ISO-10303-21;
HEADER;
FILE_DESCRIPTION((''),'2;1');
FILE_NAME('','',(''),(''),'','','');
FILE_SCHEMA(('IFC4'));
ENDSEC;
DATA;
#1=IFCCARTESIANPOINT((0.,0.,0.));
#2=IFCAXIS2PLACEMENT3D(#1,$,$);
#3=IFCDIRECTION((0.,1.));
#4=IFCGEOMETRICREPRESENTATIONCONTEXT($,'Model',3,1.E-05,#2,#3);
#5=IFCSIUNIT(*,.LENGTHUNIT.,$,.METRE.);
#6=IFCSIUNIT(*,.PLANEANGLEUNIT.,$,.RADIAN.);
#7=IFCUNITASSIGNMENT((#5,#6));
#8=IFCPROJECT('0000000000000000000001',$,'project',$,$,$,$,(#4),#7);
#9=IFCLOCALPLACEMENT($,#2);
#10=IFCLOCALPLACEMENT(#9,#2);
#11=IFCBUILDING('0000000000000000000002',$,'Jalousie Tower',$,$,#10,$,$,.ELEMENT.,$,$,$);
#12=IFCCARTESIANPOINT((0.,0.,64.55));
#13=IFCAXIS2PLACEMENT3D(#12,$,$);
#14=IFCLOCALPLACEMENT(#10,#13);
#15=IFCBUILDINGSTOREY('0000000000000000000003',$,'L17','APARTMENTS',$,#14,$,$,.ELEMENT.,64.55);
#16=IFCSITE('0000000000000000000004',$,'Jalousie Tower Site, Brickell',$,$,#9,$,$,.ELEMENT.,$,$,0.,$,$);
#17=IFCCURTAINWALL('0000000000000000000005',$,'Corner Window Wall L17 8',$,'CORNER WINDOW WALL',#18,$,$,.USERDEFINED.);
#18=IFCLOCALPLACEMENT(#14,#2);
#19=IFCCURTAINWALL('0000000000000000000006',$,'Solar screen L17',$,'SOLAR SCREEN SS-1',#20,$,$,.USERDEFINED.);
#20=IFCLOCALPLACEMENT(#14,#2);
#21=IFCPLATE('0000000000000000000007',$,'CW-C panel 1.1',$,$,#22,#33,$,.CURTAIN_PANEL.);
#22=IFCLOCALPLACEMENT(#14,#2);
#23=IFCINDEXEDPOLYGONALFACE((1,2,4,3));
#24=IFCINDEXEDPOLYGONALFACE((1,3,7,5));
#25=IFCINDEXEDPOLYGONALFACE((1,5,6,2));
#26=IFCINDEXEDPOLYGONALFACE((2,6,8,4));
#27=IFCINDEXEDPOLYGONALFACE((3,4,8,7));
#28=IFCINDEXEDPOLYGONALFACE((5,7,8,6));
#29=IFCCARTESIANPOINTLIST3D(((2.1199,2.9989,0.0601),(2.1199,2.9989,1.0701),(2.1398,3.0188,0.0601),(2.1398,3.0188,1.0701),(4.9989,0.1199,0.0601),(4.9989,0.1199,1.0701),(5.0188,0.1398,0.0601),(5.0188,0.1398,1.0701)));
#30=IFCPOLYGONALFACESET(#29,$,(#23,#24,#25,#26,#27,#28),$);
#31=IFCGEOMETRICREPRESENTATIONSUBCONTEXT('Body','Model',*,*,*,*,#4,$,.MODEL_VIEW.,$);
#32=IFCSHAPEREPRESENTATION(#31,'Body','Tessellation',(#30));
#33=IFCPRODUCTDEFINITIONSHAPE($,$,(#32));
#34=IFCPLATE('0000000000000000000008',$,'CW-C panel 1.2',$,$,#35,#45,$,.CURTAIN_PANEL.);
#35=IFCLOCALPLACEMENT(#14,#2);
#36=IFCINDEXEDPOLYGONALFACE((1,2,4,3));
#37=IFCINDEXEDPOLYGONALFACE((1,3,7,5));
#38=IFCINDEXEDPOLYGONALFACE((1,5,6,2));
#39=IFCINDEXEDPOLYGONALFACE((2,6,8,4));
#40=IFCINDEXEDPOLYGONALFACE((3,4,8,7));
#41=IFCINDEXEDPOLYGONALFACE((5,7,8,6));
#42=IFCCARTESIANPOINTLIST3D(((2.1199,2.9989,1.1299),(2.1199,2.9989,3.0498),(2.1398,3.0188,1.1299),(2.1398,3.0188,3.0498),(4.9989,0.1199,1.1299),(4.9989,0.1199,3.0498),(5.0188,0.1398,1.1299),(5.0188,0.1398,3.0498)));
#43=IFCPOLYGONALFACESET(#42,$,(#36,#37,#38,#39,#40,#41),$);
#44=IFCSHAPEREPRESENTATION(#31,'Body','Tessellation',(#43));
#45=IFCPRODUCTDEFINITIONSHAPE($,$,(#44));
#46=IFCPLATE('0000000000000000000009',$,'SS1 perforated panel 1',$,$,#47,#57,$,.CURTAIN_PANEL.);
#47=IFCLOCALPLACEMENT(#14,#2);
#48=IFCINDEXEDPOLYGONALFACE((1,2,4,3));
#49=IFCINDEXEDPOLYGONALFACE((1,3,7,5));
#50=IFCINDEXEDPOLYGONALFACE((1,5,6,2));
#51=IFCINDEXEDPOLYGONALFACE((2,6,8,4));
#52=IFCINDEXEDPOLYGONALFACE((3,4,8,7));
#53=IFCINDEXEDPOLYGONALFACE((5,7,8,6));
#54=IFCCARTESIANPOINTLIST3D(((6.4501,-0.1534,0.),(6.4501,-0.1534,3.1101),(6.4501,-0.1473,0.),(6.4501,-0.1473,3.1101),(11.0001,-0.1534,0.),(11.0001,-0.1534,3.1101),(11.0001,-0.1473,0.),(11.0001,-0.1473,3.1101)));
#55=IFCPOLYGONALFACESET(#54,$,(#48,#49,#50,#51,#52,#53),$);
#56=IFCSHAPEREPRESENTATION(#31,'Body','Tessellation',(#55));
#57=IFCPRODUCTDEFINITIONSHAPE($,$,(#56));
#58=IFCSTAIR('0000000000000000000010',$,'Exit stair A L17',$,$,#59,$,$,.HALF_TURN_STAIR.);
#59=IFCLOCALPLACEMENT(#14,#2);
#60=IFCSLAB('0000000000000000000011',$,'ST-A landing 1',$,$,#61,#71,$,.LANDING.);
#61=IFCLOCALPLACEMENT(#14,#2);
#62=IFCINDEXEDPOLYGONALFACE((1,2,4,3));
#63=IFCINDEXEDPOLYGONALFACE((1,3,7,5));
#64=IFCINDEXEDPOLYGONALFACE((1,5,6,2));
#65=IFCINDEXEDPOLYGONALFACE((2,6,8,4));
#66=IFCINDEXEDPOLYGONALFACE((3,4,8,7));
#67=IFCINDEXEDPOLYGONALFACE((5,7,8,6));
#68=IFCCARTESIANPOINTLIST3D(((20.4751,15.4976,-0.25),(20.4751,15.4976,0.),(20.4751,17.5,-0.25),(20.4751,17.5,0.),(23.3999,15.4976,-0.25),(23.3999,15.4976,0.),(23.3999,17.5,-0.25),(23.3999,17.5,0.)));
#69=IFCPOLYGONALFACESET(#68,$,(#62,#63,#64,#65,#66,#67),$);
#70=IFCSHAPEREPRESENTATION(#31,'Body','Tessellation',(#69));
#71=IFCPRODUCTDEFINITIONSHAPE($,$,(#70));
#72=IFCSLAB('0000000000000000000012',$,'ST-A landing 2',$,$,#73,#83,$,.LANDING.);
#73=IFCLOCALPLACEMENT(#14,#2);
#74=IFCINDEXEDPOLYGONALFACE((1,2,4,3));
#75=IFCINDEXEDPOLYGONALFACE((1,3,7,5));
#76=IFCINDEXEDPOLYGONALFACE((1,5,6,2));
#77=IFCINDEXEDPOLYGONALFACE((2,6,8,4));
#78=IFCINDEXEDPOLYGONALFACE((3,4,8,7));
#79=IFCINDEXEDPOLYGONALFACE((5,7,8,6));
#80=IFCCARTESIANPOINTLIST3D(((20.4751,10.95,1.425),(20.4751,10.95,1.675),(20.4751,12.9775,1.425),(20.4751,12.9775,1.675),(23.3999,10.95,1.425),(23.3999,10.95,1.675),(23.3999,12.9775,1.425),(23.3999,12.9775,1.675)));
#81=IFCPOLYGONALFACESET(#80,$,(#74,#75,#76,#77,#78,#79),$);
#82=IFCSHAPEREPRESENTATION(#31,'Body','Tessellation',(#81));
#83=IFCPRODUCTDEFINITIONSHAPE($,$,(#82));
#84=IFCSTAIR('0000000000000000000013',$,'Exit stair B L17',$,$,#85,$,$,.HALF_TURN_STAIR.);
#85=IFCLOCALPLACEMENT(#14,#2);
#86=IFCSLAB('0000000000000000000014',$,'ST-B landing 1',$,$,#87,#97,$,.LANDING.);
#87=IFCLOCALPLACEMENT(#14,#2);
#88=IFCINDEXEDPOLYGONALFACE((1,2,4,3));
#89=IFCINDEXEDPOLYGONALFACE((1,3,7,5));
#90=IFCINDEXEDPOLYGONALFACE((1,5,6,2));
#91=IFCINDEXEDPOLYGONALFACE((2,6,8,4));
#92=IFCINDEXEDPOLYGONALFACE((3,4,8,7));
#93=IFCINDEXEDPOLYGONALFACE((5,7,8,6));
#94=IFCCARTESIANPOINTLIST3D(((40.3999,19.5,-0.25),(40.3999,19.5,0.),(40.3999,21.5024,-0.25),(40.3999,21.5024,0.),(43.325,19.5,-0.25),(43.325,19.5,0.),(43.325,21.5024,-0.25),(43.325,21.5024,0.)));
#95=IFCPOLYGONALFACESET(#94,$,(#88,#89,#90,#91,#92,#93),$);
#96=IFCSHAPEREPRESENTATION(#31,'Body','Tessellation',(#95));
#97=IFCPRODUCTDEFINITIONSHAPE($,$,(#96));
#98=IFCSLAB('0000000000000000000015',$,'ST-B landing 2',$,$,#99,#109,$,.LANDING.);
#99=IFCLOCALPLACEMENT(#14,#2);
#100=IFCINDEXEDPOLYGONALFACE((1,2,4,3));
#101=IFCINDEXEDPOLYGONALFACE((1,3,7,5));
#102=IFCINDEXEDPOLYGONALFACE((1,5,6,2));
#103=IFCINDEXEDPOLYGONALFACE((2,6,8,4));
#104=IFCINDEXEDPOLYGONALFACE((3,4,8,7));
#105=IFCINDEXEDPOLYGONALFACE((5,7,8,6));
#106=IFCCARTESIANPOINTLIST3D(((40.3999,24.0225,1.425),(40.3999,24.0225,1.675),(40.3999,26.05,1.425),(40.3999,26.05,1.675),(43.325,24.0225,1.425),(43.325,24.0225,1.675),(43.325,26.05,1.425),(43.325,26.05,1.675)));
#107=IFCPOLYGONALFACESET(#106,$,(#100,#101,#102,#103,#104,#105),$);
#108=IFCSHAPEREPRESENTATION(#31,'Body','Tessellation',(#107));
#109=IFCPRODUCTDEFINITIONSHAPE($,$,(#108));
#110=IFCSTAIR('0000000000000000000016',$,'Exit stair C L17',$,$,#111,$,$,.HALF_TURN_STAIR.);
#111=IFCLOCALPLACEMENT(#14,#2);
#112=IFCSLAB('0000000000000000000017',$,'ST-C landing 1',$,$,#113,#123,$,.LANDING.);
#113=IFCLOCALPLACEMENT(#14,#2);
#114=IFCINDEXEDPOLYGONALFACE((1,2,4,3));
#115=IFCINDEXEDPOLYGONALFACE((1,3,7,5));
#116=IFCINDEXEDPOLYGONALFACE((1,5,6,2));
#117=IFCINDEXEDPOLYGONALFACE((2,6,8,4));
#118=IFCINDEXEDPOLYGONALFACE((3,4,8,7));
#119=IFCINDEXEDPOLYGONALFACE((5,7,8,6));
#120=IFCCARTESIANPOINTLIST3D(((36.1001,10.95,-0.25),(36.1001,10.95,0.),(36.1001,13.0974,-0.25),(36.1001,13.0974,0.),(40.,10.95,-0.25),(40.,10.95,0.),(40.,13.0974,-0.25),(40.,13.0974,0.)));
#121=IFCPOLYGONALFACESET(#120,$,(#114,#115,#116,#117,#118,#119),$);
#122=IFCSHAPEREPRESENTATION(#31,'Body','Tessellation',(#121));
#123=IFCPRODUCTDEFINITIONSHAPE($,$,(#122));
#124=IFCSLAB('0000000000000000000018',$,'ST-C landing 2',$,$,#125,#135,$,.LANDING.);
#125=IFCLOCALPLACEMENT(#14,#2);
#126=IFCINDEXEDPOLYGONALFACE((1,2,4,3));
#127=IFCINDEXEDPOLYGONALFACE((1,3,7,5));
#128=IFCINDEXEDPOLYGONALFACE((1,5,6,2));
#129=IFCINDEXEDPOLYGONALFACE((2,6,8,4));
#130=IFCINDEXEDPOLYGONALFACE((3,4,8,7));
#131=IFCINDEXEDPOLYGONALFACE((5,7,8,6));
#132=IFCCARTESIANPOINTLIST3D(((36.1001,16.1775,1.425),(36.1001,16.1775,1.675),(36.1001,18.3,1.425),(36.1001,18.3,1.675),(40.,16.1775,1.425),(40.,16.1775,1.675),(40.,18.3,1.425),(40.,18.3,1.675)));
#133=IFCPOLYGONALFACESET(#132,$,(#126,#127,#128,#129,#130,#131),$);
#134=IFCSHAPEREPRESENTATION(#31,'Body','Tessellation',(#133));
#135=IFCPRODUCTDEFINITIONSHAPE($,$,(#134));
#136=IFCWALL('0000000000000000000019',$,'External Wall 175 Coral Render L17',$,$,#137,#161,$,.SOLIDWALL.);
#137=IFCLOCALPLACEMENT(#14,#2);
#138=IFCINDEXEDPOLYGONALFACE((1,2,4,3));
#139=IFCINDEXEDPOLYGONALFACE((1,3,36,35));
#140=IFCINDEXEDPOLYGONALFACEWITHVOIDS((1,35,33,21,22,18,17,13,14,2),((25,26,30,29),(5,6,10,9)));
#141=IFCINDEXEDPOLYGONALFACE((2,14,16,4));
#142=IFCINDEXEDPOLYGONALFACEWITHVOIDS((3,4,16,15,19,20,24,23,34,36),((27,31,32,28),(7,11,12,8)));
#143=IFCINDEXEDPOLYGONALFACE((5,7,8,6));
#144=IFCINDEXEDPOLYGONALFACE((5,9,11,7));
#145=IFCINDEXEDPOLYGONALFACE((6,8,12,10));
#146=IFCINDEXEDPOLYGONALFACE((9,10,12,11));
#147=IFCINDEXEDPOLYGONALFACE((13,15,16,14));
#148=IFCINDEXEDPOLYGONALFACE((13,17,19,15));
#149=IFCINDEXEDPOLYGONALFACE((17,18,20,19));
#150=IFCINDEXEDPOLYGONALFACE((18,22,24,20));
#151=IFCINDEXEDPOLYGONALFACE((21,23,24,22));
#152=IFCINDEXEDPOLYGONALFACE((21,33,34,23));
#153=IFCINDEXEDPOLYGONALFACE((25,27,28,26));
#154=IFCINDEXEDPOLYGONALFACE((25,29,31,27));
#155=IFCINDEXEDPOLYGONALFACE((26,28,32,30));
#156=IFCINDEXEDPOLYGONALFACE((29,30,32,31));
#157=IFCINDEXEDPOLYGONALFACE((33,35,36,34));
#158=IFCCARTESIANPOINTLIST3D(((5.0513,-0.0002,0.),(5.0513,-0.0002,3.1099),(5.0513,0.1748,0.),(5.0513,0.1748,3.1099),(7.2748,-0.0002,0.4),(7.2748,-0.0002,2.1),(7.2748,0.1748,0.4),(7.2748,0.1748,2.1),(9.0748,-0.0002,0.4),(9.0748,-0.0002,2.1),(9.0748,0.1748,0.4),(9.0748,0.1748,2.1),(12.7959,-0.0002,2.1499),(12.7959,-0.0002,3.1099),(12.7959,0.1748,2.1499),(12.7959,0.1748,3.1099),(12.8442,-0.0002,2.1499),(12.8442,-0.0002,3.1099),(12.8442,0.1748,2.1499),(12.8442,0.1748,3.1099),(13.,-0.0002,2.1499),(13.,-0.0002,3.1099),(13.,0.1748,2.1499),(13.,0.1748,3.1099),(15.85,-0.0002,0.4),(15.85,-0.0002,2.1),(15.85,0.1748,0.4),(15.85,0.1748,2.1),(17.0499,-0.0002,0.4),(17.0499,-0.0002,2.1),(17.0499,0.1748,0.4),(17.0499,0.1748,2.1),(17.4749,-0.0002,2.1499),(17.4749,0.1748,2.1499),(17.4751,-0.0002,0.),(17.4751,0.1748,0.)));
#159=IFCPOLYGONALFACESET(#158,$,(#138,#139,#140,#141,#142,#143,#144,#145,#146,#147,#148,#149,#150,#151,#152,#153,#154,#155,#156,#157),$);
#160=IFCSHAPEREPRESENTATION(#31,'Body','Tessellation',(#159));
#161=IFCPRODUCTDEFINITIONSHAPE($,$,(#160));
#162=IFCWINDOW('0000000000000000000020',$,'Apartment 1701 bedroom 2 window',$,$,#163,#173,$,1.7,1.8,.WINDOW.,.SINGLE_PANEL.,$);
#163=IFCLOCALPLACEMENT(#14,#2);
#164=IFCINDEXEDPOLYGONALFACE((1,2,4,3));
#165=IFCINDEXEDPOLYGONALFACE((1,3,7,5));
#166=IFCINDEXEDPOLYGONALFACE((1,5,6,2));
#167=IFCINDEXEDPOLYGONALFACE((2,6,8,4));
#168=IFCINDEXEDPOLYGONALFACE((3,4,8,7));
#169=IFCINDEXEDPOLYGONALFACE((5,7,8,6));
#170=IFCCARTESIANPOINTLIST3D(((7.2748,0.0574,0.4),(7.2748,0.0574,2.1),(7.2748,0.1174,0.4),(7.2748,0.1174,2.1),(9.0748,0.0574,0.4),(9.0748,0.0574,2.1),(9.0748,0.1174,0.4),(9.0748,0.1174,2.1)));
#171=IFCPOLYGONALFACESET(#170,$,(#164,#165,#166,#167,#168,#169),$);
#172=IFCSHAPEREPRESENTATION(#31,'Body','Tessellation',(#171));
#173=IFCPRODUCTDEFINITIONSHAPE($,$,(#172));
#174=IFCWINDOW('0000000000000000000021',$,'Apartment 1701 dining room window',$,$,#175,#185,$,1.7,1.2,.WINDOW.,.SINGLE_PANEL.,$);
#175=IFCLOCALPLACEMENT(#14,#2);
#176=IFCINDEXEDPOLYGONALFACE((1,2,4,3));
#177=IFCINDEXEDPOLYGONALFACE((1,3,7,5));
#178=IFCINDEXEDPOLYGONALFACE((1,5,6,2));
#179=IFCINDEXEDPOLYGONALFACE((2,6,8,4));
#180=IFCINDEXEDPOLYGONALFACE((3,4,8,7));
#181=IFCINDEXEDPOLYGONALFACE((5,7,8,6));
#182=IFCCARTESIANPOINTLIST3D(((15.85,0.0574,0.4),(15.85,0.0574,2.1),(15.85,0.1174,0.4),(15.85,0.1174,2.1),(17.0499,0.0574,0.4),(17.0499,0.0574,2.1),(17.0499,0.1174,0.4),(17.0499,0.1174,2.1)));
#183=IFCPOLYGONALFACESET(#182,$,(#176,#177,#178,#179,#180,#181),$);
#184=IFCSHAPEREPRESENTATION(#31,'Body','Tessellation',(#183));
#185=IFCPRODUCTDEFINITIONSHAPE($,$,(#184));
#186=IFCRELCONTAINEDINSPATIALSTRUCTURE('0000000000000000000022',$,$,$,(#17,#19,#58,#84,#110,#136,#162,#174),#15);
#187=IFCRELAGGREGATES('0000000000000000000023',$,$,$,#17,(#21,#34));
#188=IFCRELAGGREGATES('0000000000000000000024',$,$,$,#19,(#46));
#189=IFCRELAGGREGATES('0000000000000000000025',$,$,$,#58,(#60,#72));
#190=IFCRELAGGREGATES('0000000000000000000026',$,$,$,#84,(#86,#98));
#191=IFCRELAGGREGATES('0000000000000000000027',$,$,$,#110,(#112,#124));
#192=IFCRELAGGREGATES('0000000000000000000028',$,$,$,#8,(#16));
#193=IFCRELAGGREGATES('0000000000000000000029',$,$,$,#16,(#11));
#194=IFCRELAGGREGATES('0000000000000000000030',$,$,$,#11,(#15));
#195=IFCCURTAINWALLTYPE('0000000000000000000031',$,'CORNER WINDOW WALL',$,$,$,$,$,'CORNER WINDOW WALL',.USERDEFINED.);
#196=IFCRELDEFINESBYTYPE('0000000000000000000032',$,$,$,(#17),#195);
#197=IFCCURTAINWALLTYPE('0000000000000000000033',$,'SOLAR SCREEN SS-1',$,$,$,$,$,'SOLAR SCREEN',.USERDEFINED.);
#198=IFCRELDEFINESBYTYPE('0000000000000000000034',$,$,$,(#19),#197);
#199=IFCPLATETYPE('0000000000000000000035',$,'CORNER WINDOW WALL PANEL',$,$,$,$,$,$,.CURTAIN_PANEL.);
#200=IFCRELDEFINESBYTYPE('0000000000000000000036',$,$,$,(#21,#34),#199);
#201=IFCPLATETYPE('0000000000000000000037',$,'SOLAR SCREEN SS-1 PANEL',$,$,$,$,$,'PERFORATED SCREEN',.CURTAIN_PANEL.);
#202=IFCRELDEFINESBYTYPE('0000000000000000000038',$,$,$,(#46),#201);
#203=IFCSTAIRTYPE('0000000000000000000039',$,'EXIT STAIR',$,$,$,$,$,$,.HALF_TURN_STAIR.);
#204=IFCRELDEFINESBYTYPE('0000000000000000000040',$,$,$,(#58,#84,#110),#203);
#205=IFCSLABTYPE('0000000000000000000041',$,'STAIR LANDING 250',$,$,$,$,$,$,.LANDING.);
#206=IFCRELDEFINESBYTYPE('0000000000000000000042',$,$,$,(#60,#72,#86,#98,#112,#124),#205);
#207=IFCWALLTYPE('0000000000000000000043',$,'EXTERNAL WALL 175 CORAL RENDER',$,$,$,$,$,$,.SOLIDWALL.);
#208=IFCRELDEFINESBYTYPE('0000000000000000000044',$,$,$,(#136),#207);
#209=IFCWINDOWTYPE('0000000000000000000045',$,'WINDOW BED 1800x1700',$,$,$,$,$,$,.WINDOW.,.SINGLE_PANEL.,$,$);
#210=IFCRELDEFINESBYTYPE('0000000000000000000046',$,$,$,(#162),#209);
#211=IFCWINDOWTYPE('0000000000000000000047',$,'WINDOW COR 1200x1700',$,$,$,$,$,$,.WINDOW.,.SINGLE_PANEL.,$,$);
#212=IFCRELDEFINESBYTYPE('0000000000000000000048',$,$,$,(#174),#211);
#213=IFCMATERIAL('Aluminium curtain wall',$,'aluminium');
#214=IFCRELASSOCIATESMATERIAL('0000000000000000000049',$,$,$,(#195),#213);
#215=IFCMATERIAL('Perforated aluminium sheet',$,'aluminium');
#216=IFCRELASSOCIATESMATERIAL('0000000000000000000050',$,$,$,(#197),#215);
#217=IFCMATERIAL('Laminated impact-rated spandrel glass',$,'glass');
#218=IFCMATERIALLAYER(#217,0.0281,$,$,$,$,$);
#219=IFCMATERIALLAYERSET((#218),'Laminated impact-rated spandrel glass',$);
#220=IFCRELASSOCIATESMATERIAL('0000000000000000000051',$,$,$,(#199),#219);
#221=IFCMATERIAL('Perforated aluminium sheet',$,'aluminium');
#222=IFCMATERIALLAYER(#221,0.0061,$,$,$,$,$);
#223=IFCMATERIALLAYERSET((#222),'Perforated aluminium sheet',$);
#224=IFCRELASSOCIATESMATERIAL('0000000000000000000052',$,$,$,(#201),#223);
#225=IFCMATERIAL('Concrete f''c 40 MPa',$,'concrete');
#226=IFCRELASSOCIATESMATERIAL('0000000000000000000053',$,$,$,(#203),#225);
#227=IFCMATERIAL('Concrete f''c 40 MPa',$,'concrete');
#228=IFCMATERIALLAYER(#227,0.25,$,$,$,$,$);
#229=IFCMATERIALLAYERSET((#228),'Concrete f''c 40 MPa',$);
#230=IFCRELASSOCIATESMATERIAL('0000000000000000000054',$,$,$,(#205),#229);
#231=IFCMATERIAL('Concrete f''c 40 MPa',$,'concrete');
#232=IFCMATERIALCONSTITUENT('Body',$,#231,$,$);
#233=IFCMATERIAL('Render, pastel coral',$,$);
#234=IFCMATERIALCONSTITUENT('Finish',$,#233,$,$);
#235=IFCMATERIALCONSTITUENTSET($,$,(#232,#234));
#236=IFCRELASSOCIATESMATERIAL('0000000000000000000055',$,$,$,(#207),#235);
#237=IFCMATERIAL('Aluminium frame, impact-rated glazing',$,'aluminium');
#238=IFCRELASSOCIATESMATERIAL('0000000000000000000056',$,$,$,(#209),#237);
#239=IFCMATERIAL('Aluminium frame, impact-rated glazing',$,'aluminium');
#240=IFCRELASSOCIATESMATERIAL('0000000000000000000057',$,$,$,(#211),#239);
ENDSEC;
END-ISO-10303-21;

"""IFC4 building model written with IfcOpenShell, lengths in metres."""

from ifc_helpers import new_model, si_unit, direction, frame, frame_2d, origin, origin_2d, place, context, subcontext, project, spatial, polyline, rectangle, outline, extrude, material, layer, layer_set, constituent, constituent_set, type_object, element, fill, aggregate, save


model = new_model("IFC4")

# Units and contexts
model_context = context("Model", 3, precision=1e-05, world=origin(), true_north=direction((0.0, 1.0)))
body_context = subcontext(model_context, "Body", "Model", "MODEL_VIEW")
ifc_project = project(units=[si_unit("LENGTHUNIT", "METRE"), si_unit("PLANEANGLEUNIT", "RADIAN")], contexts=[model_context])

# Site, building, storey
site_placement = place(None, origin())
site = spatial("IfcSite", under=ifc_project, at=site_placement, Name="Jalousie Tower Site, Brickell", CompositionType="ELEMENT", RefElevation=0.0)
building_placement = place(site_placement, origin())
building = spatial("IfcBuilding", under=site, at=building_placement, Name="Jalousie Tower", CompositionType="ELEMENT")
storey_placement = place(building_placement, frame((0.0, 0.0, 64.55)))
storey = spatial("IfcBuildingStorey", under=building, at=storey_placement, Name="L17", Description="APARTMENTS", CompositionType="ELEMENT", Elevation=64.55)

# Curtain wall
ifc_material_1 = material(Name="Aluminium curtain wall", Category="aluminium")
curtain_wall_type_1 = type_object("IfcCurtainWallType", Name="CORNER WINDOW WALL", ElementType="CORNER WINDOW WALL", PredefinedType="USERDEFINED", material=ifc_material_1)
curtain_wall_1_placement = place(storey_placement, origin())
curtain_wall_1 = element("IfcCurtainWall", 1, at=curtain_wall_1_placement, inside=storey, type_object=curtain_wall_type_1, Name="Corner Window Wall L17 8", ObjectType="CORNER WINDOW WALL", PredefinedType="USERDEFINED")

# Curtain wall
ifc_material_2 = material(Name="Perforated aluminium sheet", Category="aluminium")
curtain_wall_type_2 = type_object("IfcCurtainWallType", Name="SOLAR SCREEN SS-1", ElementType="SOLAR SCREEN", PredefinedType="USERDEFINED", material=ifc_material_2)
curtain_wall_2_placement = place(storey_placement, origin())
curtain_wall_2 = element("IfcCurtainWall", 2, at=curtain_wall_2_placement, inside=storey, type_object=curtain_wall_type_2, Name="Solar screen L17", ObjectType="SOLAR SCREEN SS-1", PredefinedType="USERDEFINED")

# Plates
ifc_material_3 = material(Name="Laminated impact-rated spandrel glass", Category="glass")
ifc_layer_1 = layer(ifc_material_3, 0.0281)
ifc_layer_set_1 = layer_set([ifc_layer_1], Name="Laminated impact-rated spandrel glass")
plate_type_1 = type_object("IfcPlateType", Name="CORNER WINDOW WALL PANEL", PredefinedType="CURTAIN_PANEL", material=ifc_layer_set_1)
plate_1_placement = place(storey_placement, frame((3.5693, 1.5693, 0.0601), z_axis=(0.0, 0.0, 1.0), x_axis=(0.707107, -0.707107, 0.0)))
plate_1 = element("IfcPlate", 3, at=plate_1_placement, type_object=plate_type_1, Name="CW-C panel 1.1", PredefinedType="CURTAIN_PANEL", context=body_context, shape_type="SweptSolid", body=[
    extrude(rectangle(XDim=4.0715, YDim=0.0281, at=origin_2d()), origin(), (0.0, 0.0, 1.0), 1.01),
])
plate_2_placement = place(storey_placement, frame((3.5693, 1.5693, 1.1299), z_axis=(0.0, 0.0, 1.0), x_axis=(0.707107, -0.707107, 0.0)))
plate_2 = element("IfcPlate", 4, at=plate_2_placement, type_object=plate_type_1, Name="CW-C panel 1.2", PredefinedType="CURTAIN_PANEL", context=body_context, shape_type="SweptSolid", body=[
    extrude(rectangle(XDim=4.0715, YDim=0.0281, at=origin_2d()), origin(), (0.0, 0.0, 1.0), 1.9199),
])
aggregate(curtain_wall_1, [plate_1, plate_2])

# Plate
ifc_material_4 = material(Name="Perforated aluminium sheet", Category="aluminium")
ifc_layer_2 = layer(ifc_material_4, 0.0061)
ifc_layer_set_2 = layer_set([ifc_layer_2], Name="Perforated aluminium sheet")
plate_type_2 = type_object("IfcPlateType", Name="SOLAR SCREEN SS-1 PANEL", ElementType="PERFORATED SCREEN", PredefinedType="CURTAIN_PANEL", material=ifc_layer_set_2)
plate_3_placement = place(storey_placement, frame((8.7251, -0.1504, 0.0), z_axis=(0.0, 0.0, 1.0), x_axis=(1.0, 0.0, 0.0)))
plate_3 = element("IfcPlate", 5, at=plate_3_placement, type_object=plate_type_2, Name="SS1 perforated panel 1", PredefinedType="CURTAIN_PANEL", context=body_context, shape_type="SweptSolid", body=[
    extrude(rectangle(XDim=4.55, YDim=0.0061, at=origin_2d()), origin(), (0.0, 0.0, 1.0), 3.1101),
])
aggregate(curtain_wall_2, [plate_3])

# Stairs, slabs
ifc_material_5 = material(Name="Concrete f'c 40 MPa", Category="concrete")
stair_type = type_object("IfcStairType", Name="EXIT STAIR", PredefinedType="HALF_TURN_STAIR", material=ifc_material_5)
stair_1_placement = place(storey_placement, origin())
stair_1 = element("IfcStair", 6, at=stair_1_placement, inside=storey, type_object=stair_type, Name="Exit stair A L17", PredefinedType="HALF_TURN_STAIR")
ifc_material_6 = material(Name="Concrete f'c 40 MPa", Category="concrete")
ifc_layer_3 = layer(ifc_material_6, 0.25)
ifc_layer_set_3 = layer_set([ifc_layer_3], Name="Concrete f'c 40 MPa")
slab_type_1 = type_object("IfcSlabType", Name="STAIR LANDING 250", PredefinedType="LANDING", material=ifc_layer_set_3)
slab_1_placement = place(storey_placement, frame((0.0, 0.0, -0.25)))
slab_1 = element("IfcSlab", 7, at=slab_1_placement, type_object=slab_type_1, Name="ST-A landing 1", PredefinedType="LANDING", context=body_context, shape_type="SweptSolid", body=[
    extrude(outline(polyline([(20.4751, 15.4976), (23.3999, 15.4976), (23.3999, 17.5), (20.4751, 17.5), (20.4751, 15.4976)])), origin(), (0.0, 0.0, 1.0), 0.25),
])
slab_2_placement = place(storey_placement, frame((0.0, 0.0, 1.425)))
slab_2 = element("IfcSlab", 8, at=slab_2_placement, type_object=slab_type_1, Name="ST-A landing 2", PredefinedType="LANDING", context=body_context, shape_type="SweptSolid", body=[
    extrude(outline(polyline([(20.4751, 10.95), (23.3999, 10.95), (23.3999, 12.9775), (20.4751, 12.9775), (20.4751, 10.95)])), origin(), (0.0, 0.0, 1.0), 0.25),
])
aggregate(stair_1, [slab_1, slab_2])
stair_2_placement = place(storey_placement, origin())
stair_2 = element("IfcStair", 9, at=stair_2_placement, inside=storey, type_object=stair_type, Name="Exit stair B L17", PredefinedType="HALF_TURN_STAIR")
slab_3_placement = place(storey_placement, frame((0.0, 0.0, -0.25)))
slab_3 = element("IfcSlab", 10, at=slab_3_placement, type_object=slab_type_1, Name="ST-B landing 1", PredefinedType="LANDING", context=body_context, shape_type="SweptSolid", body=[
    extrude(outline(polyline([(40.3999, 19.5), (43.325, 19.5), (43.325, 21.5024), (40.3999, 21.5024), (40.3999, 19.5)])), origin(), (0.0, 0.0, 1.0), 0.25),
])
slab_4_placement = place(storey_placement, frame((0.0, 0.0, 1.425)))
slab_4 = element("IfcSlab", 11, at=slab_4_placement, type_object=slab_type_1, Name="ST-B landing 2", PredefinedType="LANDING", context=body_context, shape_type="SweptSolid", body=[
    extrude(outline(polyline([(40.3999, 24.0225), (43.325, 24.0225), (43.325, 26.05), (40.3999, 26.05), (40.3999, 24.0225)])), origin(), (0.0, 0.0, 1.0), 0.25),
])
aggregate(stair_2, [slab_3, slab_4])
stair_3_placement = place(storey_placement, origin())
stair_3 = element("IfcStair", 12, at=stair_3_placement, inside=storey, type_object=stair_type, Name="Exit stair C L17", PredefinedType="HALF_TURN_STAIR")
slab_5_placement = place(storey_placement, frame((0.0, 0.0, -0.25)))
slab_5 = element("IfcSlab", 13, at=slab_5_placement, type_object=slab_type_1, Name="ST-C landing 1", PredefinedType="LANDING", context=body_context, shape_type="SweptSolid", body=[
    extrude(outline(polyline([(36.1001, 10.95), (40.0, 10.95), (40.0, 13.0974), (36.1001, 13.0974), (36.1001, 10.95)])), origin(), (0.0, 0.0, 1.0), 0.25),
])
slab_6_placement = place(storey_placement, frame((0.0, 0.0, 1.425)))
slab_6 = element("IfcSlab", 14, at=slab_6_placement, type_object=slab_type_1, Name="ST-C landing 2", PredefinedType="LANDING", context=body_context, shape_type="SweptSolid", body=[
    extrude(outline(polyline([(36.1001, 16.1775), (40.0, 16.1775), (40.0, 18.3), (36.1001, 18.3), (36.1001, 16.1775)])), origin(), (0.0, 0.0, 1.0), 0.25),
])
aggregate(stair_3, [slab_5, slab_6])

# Wall, openings, windows
ifc_material_7 = material(Name="Concrete f'c 40 MPa", Category="concrete")
ifc_constituent_1 = constituent(ifc_material_7, Name="Body")
ifc_material_8 = material(Name="Render, pastel coral")
ifc_constituent_2 = constituent(ifc_material_8, Name="Finish")
ifc_constituent_set_1 = constituent_set(constituents=[ifc_constituent_1, ifc_constituent_2])
wall_type_1 = type_object("IfcWallType", Name="EXTERNAL WALL 175 CORAL RENDER", PredefinedType="SOLIDWALL", material=ifc_constituent_set_1)
wall_1_placement = place(storey_placement, frame((5.0513, 0.0874, 0.0), z_axis=(0.0, 0.0, 1.0), x_axis=(1.0, 0.0, 0.0)))
wall_1 = element("IfcWall", 15, at=wall_1_placement, inside=storey, type_object=wall_type_1, Name="External Wall 175 Coral Render L17", PredefinedType="SOLIDWALL", context=body_context, shape_type="SweptSolid", body=[
    extrude(outline(polyline([(0.0, 0.0), (12.4238, 0.0), (12.4236, 2.1499), (7.9487, 2.1499), (7.9487, 3.1099), (7.793, 3.1099), (7.793, 2.1499), (7.7446, 2.1499), (7.7446, 3.1099), (0.0, 3.1099), (0.0, 0.0)])), frame((0.0, 0.0874, 0.0), z_axis=(0.0, -1.0, 0.0), x_axis=(1.0, 0.0, 0.0)), (0.0, 0.0, 1.0), 0.175),
])
opening_1_placement = place(wall_1_placement, frame((2.2236, 0.0, 0.3999)))
opening_1 = element("IfcOpeningElement", 16, at=opening_1_placement, cuts=wall_1, PredefinedType="OPENING", context=body_context, shape_type="SweptSolid", body=[
    extrude(rectangle(XDim=1.8, YDim=1.7, at=frame_2d((0.8999, 0.8501))), frame((0.0, 0.0974, 0.0), z_axis=(0.0, -1.0, 0.0), x_axis=(1.0, 0.0, 0.0)), (0.0, 0.0, 1.0), 0.1951),
])
opening_2_placement = place(wall_1_placement, frame((10.7986, 0.0, 0.3999)))
opening_2 = element("IfcOpeningElement", 17, at=opening_2_placement, cuts=wall_1, PredefinedType="OPENING", context=body_context, shape_type="SweptSolid", body=[
    extrude(rectangle(XDim=1.2, YDim=1.7, at=frame_2d((0.6001, 0.8501))), frame((0.0, 0.0974, 0.0), z_axis=(0.0, -1.0, 0.0), x_axis=(1.0, 0.0, 0.0)), (0.0, 0.0, 1.0), 0.1951),
])
ifc_material_9 = material(Name="Aluminium frame, impact-rated glazing", Category="aluminium")
window_type_1 = type_object("IfcWindowType", Name="WINDOW BED 1800x1700", PartitioningType="SINGLE_PANEL", PredefinedType="WINDOW", material=ifc_material_9)
window_1_placement = place(opening_1_placement, origin())
window_1 = element("IfcWindow", 18, at=window_1_placement, inside=storey, type_object=window_type_1, Name="Apartment 1701 bedroom 2 window", OverallHeight=1.7, OverallWidth=1.8, PartitioningType="SINGLE_PANEL", PredefinedType="WINDOW", context=body_context, shape_type="SweptSolid", body=[
    extrude(rectangle(XDim=1.8, YDim=1.7, at=frame_2d((0.8999, 0.8501))), frame((0.0, 0.03, 0.0), z_axis=(0.0, -1.0, 0.0), x_axis=(1.0, 0.0, 0.0)), (0.0, 0.0, 1.0), 0.0601),
])
fill(opening_1, window_1)
ifc_material_10 = material(Name="Aluminium frame, impact-rated glazing", Category="aluminium")
window_type_2 = type_object("IfcWindowType", Name="WINDOW COR 1200x1700", PartitioningType="SINGLE_PANEL", PredefinedType="WINDOW", material=ifc_material_10)
window_2_placement = place(opening_2_placement, origin())
window_2 = element("IfcWindow", 19, at=window_2_placement, inside=storey, type_object=window_type_2, Name="Apartment 1701 dining room window", OverallHeight=1.7, OverallWidth=1.2, PartitioningType="SINGLE_PANEL", PredefinedType="WINDOW", context=body_context, shape_type="SweptSolid", body=[
    extrude(rectangle(XDim=1.2, YDim=1.7, at=frame_2d((0.6001, 0.8501))), frame((0.0, 0.03, 0.0), z_axis=(0.0, -1.0, 0.0), x_axis=(1.0, 0.0, 0.0)), (0.0, 0.0, 1.0), 0.0601),
])
fill(opening_2, window_2)

save(model, "model.ifc")
